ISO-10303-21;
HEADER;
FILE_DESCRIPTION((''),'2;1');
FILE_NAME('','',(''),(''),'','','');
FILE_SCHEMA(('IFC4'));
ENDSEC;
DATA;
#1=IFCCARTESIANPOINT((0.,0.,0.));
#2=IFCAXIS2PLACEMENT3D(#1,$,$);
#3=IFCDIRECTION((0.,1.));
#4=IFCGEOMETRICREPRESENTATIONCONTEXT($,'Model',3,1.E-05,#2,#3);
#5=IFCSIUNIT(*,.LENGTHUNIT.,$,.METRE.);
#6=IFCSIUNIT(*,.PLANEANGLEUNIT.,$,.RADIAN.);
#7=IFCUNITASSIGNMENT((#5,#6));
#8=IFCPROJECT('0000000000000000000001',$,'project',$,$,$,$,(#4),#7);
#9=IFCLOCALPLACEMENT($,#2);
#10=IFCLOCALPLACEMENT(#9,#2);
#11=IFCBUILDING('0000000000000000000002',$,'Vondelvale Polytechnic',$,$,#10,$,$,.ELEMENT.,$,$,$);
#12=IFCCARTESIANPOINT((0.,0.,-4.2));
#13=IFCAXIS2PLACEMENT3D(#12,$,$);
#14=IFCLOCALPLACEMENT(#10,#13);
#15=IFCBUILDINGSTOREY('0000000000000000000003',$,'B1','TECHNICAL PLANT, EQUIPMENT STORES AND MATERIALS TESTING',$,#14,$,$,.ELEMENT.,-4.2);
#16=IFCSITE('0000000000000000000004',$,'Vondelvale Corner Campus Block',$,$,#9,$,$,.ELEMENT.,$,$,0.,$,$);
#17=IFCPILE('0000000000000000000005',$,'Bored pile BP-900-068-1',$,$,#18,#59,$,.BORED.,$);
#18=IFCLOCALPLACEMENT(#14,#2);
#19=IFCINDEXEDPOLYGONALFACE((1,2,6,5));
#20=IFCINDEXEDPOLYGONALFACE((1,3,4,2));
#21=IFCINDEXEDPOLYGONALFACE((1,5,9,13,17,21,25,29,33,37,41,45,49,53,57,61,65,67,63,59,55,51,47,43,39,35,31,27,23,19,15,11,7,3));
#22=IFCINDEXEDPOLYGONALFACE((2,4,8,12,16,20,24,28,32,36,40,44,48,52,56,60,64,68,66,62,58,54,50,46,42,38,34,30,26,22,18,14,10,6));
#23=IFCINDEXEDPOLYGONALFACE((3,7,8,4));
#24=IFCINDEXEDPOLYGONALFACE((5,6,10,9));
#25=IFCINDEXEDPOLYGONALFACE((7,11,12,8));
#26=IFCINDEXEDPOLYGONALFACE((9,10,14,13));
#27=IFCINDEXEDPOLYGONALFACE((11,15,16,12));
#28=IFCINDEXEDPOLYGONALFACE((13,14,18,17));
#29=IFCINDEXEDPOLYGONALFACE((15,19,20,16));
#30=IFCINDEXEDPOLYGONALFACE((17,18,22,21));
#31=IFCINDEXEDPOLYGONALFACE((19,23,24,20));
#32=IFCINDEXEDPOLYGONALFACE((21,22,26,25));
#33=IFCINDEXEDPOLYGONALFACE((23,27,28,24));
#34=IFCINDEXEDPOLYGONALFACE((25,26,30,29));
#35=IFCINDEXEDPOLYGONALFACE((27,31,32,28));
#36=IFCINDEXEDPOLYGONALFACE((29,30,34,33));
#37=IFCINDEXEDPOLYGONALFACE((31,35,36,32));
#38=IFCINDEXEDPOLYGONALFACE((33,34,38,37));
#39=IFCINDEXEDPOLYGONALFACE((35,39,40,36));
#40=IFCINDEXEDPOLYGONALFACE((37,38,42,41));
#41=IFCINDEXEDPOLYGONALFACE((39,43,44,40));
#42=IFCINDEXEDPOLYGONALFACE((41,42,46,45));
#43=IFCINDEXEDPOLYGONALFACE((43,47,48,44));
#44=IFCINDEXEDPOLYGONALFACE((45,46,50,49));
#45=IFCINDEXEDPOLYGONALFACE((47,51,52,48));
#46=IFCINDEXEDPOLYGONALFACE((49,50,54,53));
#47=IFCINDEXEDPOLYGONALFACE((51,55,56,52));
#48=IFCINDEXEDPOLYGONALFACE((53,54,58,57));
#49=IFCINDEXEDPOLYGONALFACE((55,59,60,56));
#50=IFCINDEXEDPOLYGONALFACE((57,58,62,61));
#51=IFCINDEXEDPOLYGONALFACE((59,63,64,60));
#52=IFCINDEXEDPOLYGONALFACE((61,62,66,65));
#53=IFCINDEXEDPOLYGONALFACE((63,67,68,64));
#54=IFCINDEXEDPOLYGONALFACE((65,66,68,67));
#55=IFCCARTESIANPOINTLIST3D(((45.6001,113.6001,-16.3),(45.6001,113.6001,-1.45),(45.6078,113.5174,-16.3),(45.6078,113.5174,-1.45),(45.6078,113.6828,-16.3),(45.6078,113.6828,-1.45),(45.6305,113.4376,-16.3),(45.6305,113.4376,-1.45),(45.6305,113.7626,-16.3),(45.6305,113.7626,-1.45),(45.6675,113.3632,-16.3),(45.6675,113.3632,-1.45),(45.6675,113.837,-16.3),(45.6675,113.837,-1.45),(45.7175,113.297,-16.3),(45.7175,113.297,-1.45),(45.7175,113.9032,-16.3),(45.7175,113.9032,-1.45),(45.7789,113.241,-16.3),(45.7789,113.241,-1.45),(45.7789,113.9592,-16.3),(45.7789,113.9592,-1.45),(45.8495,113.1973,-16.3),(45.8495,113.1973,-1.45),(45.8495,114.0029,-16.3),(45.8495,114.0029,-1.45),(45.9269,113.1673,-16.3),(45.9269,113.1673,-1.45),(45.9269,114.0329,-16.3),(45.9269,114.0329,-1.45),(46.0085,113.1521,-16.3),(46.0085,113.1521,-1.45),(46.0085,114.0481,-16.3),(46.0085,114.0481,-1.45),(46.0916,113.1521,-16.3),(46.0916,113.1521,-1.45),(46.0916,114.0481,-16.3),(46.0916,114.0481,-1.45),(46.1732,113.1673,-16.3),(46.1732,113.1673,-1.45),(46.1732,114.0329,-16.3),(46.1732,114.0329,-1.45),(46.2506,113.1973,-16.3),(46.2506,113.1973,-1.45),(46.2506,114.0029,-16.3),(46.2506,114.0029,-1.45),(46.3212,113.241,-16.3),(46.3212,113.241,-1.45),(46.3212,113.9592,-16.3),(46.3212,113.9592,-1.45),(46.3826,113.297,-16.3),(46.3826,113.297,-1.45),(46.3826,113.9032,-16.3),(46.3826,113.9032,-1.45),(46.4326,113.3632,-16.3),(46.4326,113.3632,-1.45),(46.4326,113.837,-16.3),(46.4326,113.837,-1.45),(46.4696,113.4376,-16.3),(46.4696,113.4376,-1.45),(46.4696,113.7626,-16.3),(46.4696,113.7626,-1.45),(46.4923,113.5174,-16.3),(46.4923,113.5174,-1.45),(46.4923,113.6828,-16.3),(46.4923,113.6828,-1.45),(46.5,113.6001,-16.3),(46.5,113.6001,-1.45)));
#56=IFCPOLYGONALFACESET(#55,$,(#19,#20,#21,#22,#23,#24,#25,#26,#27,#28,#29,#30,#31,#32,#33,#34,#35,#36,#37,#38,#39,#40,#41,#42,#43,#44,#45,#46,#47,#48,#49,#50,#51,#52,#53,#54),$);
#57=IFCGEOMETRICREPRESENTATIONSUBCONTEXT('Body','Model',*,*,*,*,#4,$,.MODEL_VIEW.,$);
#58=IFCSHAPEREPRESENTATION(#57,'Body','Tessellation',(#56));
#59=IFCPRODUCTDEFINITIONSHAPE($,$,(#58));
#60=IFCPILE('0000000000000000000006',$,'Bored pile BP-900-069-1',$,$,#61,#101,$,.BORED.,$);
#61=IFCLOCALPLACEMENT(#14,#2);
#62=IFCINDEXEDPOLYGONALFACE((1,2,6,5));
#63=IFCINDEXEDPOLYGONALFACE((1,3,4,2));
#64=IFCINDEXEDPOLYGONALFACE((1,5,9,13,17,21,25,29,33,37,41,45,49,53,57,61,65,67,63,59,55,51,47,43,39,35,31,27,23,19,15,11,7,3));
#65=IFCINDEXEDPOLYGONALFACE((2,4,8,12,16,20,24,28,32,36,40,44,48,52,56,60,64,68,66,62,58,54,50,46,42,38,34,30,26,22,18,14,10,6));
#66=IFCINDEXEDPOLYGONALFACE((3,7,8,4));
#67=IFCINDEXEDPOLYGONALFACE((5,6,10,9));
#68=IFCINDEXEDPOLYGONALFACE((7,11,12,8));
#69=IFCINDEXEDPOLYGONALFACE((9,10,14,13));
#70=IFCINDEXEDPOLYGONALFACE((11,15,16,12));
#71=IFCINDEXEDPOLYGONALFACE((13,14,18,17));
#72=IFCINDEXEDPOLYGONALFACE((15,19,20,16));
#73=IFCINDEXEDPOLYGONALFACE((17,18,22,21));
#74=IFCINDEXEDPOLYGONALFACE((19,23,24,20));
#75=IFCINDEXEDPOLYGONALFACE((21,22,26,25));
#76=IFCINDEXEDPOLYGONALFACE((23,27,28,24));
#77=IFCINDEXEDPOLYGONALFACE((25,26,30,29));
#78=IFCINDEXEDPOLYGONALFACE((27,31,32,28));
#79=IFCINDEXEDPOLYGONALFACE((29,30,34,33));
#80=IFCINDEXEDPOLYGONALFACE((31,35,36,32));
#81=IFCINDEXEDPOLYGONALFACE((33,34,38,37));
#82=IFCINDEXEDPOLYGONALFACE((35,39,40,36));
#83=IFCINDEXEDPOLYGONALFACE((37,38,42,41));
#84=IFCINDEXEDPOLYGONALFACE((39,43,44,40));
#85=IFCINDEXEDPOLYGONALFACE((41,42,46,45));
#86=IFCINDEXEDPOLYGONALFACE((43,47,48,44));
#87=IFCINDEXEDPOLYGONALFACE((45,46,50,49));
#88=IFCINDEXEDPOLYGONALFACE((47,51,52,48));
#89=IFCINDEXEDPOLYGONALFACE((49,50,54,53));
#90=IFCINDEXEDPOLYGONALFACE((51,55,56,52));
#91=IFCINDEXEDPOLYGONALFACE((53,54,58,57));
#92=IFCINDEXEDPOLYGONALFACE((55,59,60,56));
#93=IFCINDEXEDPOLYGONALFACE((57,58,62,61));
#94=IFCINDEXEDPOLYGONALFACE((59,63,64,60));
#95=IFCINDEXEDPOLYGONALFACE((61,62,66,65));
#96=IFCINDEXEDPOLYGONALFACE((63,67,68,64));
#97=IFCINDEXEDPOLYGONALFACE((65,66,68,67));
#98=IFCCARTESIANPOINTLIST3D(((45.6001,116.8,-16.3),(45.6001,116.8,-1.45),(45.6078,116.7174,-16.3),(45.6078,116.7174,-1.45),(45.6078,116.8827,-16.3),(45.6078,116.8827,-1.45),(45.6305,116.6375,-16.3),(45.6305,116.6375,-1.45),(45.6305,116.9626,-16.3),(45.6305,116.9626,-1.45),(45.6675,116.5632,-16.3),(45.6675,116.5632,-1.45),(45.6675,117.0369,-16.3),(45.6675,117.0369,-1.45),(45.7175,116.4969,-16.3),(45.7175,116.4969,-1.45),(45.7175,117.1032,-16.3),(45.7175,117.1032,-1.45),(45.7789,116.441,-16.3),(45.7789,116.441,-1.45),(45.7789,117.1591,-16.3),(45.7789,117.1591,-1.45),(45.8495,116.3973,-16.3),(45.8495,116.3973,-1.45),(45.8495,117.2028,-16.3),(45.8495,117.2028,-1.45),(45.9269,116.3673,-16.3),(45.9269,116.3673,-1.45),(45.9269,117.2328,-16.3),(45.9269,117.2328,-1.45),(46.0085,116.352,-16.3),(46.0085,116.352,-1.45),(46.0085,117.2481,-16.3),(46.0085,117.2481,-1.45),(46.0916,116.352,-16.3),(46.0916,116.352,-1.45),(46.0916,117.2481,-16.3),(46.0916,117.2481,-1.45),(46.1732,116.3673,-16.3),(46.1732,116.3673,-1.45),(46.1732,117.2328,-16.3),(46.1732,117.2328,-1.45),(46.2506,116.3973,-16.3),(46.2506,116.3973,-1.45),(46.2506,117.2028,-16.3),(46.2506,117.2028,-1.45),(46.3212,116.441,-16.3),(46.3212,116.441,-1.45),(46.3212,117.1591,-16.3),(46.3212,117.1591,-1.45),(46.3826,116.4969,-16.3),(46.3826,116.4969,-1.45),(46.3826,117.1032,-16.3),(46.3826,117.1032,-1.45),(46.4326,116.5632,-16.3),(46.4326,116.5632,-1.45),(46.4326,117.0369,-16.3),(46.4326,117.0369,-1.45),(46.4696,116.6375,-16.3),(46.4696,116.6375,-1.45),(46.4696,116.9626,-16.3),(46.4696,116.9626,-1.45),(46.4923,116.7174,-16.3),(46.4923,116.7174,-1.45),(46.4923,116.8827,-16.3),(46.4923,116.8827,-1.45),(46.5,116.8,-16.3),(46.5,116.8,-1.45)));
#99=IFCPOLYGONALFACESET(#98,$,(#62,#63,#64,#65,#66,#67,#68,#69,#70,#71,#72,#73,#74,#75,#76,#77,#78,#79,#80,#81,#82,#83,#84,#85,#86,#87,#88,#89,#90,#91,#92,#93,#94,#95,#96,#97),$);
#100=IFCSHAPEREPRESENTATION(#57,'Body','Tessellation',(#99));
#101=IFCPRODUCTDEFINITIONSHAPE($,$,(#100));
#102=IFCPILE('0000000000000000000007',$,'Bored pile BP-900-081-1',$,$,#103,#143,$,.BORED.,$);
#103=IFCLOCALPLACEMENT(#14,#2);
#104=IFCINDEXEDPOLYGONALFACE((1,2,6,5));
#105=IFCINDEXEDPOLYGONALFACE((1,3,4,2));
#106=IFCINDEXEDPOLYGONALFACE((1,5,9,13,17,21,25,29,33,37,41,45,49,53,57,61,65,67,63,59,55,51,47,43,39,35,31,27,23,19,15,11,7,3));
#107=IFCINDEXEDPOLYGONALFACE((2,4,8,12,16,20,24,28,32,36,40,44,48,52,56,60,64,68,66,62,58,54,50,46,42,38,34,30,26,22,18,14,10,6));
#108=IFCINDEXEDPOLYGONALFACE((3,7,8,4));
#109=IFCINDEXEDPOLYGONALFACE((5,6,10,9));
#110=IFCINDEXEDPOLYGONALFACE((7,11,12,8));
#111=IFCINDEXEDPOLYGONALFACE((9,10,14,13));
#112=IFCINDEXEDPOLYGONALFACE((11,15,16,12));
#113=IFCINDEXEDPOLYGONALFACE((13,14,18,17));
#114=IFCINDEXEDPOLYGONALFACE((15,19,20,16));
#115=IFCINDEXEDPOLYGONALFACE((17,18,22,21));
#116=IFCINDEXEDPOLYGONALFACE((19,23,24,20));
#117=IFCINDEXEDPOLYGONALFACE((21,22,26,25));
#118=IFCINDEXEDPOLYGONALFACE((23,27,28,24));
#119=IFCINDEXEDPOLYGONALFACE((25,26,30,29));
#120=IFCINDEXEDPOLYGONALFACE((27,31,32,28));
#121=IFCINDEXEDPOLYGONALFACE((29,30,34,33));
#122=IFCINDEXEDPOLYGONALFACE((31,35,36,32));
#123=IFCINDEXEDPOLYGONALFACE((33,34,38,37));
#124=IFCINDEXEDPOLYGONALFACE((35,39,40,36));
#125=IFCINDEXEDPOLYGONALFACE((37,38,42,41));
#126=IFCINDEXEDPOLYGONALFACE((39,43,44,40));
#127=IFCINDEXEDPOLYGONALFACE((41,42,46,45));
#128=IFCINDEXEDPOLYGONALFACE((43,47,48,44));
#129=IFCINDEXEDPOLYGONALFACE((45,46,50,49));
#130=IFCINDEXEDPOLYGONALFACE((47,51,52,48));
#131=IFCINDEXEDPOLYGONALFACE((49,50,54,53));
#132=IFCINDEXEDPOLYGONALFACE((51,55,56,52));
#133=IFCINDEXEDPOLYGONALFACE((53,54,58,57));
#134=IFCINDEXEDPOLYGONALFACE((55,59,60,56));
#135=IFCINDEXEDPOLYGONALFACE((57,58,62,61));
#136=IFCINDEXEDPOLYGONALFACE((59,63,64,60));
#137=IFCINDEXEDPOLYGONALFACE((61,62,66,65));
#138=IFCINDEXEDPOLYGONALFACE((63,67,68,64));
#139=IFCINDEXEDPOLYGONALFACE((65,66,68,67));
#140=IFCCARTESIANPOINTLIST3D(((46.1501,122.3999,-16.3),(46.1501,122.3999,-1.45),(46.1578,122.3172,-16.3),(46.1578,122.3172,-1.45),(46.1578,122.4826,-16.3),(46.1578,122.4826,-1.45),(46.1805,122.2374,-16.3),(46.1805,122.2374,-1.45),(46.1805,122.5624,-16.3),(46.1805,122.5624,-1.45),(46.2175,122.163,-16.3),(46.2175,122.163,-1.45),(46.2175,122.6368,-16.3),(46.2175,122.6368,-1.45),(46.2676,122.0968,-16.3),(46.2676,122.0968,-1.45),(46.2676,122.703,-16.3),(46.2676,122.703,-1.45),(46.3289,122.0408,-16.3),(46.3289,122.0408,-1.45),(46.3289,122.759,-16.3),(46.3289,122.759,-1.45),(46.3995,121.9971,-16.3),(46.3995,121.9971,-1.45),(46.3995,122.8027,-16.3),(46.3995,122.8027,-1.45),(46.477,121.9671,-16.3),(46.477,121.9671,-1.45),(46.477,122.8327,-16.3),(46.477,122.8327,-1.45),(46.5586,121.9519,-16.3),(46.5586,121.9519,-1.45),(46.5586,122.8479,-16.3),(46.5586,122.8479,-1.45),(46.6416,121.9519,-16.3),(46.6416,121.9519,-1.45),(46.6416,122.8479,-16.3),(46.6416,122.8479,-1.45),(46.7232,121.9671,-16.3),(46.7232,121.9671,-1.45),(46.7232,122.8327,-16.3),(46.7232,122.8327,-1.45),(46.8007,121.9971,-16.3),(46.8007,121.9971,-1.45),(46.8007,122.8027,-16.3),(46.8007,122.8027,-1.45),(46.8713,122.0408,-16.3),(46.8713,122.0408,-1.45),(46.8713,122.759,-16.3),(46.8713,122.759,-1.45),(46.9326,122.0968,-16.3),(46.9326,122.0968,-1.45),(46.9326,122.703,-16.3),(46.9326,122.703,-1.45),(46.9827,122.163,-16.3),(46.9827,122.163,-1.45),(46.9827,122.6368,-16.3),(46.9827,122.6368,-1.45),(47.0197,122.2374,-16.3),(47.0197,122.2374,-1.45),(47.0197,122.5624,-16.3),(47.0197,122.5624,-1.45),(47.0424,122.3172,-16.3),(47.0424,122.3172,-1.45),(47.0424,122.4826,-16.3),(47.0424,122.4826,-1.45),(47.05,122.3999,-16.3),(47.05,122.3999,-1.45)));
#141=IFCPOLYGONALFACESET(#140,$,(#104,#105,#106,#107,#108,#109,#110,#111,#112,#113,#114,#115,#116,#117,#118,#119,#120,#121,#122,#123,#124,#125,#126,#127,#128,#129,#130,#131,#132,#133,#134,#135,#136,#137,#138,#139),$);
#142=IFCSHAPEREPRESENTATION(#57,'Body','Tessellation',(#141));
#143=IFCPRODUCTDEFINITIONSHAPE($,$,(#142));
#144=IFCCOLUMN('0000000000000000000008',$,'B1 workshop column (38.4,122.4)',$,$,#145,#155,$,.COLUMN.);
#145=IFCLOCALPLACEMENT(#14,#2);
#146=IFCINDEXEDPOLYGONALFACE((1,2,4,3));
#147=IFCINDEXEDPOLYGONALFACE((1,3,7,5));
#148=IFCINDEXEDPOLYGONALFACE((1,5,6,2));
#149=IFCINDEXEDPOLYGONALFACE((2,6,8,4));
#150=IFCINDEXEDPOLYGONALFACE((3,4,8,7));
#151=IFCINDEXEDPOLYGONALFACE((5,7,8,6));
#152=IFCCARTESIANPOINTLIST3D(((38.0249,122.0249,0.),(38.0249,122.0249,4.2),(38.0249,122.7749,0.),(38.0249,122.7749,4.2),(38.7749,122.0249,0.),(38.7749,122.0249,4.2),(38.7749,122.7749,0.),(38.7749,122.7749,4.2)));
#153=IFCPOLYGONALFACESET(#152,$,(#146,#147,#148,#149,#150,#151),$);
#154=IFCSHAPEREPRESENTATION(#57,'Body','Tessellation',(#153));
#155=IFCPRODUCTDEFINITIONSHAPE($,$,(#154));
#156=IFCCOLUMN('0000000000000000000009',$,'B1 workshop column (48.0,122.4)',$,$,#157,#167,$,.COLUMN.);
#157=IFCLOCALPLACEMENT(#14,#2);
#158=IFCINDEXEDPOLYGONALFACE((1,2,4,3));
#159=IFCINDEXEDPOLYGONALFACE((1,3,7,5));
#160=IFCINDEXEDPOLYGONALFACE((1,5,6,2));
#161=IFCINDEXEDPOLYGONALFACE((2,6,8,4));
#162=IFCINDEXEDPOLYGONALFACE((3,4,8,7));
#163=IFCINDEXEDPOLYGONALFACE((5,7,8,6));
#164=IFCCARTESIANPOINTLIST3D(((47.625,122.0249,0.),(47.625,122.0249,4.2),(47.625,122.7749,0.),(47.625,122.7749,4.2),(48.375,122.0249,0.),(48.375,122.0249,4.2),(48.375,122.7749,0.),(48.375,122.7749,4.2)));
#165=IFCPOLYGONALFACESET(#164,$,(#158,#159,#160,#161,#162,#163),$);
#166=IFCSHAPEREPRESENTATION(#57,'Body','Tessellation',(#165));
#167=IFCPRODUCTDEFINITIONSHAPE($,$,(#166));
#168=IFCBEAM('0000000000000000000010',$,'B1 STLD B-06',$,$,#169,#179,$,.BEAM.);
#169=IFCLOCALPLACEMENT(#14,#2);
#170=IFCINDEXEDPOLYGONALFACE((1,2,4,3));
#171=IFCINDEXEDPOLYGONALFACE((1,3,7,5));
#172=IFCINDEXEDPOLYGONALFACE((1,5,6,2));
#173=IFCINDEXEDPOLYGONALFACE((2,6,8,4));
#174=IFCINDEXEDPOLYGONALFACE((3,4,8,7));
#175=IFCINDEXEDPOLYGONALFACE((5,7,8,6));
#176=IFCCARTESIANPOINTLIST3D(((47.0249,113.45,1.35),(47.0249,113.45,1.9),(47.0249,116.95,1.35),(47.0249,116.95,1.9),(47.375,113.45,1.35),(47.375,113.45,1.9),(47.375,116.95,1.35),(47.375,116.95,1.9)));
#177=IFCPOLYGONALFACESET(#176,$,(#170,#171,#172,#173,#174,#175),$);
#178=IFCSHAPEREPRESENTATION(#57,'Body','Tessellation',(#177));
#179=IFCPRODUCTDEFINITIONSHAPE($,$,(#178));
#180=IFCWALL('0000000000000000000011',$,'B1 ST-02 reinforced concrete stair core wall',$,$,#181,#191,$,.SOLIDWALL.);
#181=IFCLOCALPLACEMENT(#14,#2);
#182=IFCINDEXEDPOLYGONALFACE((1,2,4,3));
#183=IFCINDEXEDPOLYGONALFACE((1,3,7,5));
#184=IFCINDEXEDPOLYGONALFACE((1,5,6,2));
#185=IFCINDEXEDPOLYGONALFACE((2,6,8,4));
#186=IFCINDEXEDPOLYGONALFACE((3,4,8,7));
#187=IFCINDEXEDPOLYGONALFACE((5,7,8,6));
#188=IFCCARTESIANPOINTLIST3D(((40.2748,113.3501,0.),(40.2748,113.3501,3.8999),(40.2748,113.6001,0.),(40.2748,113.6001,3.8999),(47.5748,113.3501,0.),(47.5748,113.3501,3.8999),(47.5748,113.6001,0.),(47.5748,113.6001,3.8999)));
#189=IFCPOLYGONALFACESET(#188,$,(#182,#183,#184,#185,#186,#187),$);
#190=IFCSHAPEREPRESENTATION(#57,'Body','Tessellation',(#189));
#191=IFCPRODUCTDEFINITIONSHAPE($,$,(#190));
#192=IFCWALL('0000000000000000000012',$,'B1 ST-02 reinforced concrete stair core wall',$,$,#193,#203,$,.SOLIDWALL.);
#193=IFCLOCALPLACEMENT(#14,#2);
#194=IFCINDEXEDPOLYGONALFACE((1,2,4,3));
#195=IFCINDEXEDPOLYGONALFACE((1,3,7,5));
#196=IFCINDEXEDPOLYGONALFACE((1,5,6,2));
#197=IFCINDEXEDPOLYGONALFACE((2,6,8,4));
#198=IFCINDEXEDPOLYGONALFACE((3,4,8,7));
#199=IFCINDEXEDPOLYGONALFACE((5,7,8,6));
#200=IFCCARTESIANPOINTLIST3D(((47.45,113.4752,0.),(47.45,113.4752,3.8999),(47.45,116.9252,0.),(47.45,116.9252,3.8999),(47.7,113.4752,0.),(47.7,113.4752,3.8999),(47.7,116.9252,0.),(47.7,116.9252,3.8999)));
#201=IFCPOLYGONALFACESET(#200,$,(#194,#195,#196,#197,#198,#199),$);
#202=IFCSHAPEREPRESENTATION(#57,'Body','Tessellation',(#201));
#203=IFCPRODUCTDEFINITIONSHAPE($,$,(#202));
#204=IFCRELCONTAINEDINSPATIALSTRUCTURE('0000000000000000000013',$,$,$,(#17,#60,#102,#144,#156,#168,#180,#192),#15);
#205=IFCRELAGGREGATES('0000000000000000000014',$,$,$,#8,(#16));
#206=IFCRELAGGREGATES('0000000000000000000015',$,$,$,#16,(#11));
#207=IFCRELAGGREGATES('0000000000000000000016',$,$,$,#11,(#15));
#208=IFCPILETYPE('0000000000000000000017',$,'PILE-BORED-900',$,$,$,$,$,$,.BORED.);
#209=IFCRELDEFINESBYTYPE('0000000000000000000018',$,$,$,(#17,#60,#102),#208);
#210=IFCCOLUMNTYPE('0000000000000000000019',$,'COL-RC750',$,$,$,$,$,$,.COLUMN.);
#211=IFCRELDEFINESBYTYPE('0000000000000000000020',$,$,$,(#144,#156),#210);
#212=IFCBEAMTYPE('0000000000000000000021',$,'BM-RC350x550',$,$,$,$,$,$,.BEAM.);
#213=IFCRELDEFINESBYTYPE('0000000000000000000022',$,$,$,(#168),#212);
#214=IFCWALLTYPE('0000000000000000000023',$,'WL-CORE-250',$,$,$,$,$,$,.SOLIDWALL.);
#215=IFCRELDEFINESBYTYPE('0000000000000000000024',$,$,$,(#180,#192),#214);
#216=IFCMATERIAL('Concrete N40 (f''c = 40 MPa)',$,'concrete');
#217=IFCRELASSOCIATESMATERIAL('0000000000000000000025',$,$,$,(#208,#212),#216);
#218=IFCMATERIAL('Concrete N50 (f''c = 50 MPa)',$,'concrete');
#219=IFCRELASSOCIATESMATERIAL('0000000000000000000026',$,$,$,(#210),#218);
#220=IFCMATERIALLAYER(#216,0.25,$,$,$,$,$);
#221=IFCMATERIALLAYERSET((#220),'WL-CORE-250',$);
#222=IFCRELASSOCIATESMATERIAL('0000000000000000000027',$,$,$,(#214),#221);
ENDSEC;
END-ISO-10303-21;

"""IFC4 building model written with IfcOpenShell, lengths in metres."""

from ifc_helpers import new_model, si_unit, direction, frame, frame_2d, origin, origin_2d, place, context, subcontext, project, spatial, rectangle, circle, extrude, material, layer, layer_set, material_profile, profile_set, type_object, element, save


model = new_model("IFC4")

# Units and contexts
model_context = context("Model", 3, precision=1e-05, world=origin(), true_north=direction((0.0, 1.0)))
body_context = subcontext(model_context, "Body", "Model", "MODEL_VIEW")
ifc_project = project(units=[si_unit("LENGTHUNIT", "METRE"), si_unit("PLANEANGLEUNIT", "RADIAN")], contexts=[model_context])

# Site, building, storey
site_placement = place(None, origin())
site = spatial("IfcSite", under=ifc_project, at=site_placement, Name="Vondelvale Corner Campus Block", CompositionType="ELEMENT", RefElevation=0.0)
building_placement = place(site_placement, origin())
building = spatial("IfcBuilding", under=site, at=building_placement, Name="Vondelvale Polytechnic", CompositionType="ELEMENT")
storey_placement = place(building_placement, frame((0.0, 0.0, -4.2)))
storey = spatial("IfcBuildingStorey", under=building, at=storey_placement, Name="B1", Description="TECHNICAL PLANT, EQUIPMENT STORES AND MATERIALS TESTING", CompositionType="ELEMENT", Elevation=-4.2)

# Shared definitions
ifc_material_1 = material(Name="Concrete N40 (f'c = 40 MPa)", Category="concrete")

# Piles
ifc_material_profile_1 = material_profile(ifc_material_1, circle(Radius=0.45, at=origin_2d()), Name="PILE-D900")
ifc_profile_set_1 = profile_set([ifc_material_profile_1], Name="Concrete N40 (f'c = 40 MPa)")
pile_type = type_object("IfcPileType", Name="PILE-BORED-900", PredefinedType="BORED", material=ifc_profile_set_1)
for number, where, z_axis, x_axis, name in (
    (1, (46.05, 113.6001, -1.45), (0.0, 0.0, -1.0), (1.0, 0.0, 0.0), "Bored pile BP-900-068-1"),
    (2, (46.05, 116.8, -1.45), (0.0, 0.0, -1.0), (1.0, 0.0, 0.0), "Bored pile BP-900-069-1"),
    (3, (46.6001, 122.3999, -1.45), (0.0, 0.0, -1.0), (1.0, 0.0, 0.0), "Bored pile BP-900-081-1"),
):
    element("IfcPile", number, at=place(storey_placement, frame(where, z_axis=z_axis, x_axis=x_axis)), inside=storey, type_object=pile_type, Name=name, PredefinedType="BORED", context=body_context, shape_type="SweptSolid", body=[
        extrude(circle(Radius=0.45, at=origin_2d()), origin(), (0.0, 0.0, 1.0), 14.8501),
    ])

# Columns
ifc_material_2 = material(Name="Concrete N50 (f'c = 50 MPa)", Category="concrete")
ifc_material_profile_2 = material_profile(ifc_material_2, rectangle(XDim=0.75, YDim=0.75, at=origin_2d()), Name="RC-COL-750x750")
ifc_profile_set_2 = profile_set([ifc_material_profile_2], Name="Concrete N50 (f'c = 50 MPa)")
column_type = type_object("IfcColumnType", Name="COL-RC750", PredefinedType="COLUMN", material=ifc_profile_set_2)
for number, where, z_axis, x_axis, name in (
    (4, (38.3999, 122.3999, 0.0), (0.0, 0.0, 1.0), (1.0, 0.0, 0.0), "B1 workshop column (38.4,122.4)"),
    (5, (48.0, 122.3999, 0.0), (0.0, 0.0, 1.0), (1.0, 0.0, 0.0), "B1 workshop column (48.0,122.4)"),
):
    element("IfcColumn", number, at=place(storey_placement, frame(where, z_axis=z_axis, x_axis=x_axis)), inside=storey, type_object=column_type, Name=name, PredefinedType="COLUMN", context=body_context, shape_type="SweptSolid", body=[
        extrude(rectangle(XDim=0.75, YDim=0.75, at=origin_2d()), origin(), (0.0, 0.0, 1.0), 4.2),
    ])

# Beam
ifc_material_profile_3 = material_profile(ifc_material_1, rectangle(XDim=0.3501, YDim=0.55, at=origin_2d()), Name="RC-BM-350x550")
ifc_profile_set_3 = profile_set([ifc_material_profile_3], Name="Concrete N40 (f'c = 40 MPa)")
beam_type = type_object("IfcBeamType", Name="BM-RC350x550", PredefinedType="BEAM", material=ifc_profile_set_3)
beam_placement = place(storey_placement, frame((47.2, 113.45, 1.625), z_axis=(0.0, 1.0, 0.0), x_axis=(-1.0, 0.0, 0.0)))
element("IfcBeam", 6, at=beam_placement, inside=storey, type_object=beam_type, Name="B1 STLD B-06", PredefinedType="BEAM", context=body_context, shape_type="SweptSolid", body=[
    extrude(rectangle(XDim=0.3501, YDim=0.55, at=origin_2d()), origin(), (0.0, 0.0, 1.0), 3.5),
])

# Walls
ifc_layer_1 = layer(ifc_material_1, 0.25)
ifc_layer_set_1 = layer_set([ifc_layer_1], Name="WL-CORE-250")
wall_type_1 = type_object("IfcWallType", Name="WL-CORE-250", PredefinedType="SOLIDWALL", material=ifc_layer_set_1)
wall_1_placement = place(storey_placement, frame((40.2749, 113.4751, 0.0), z_axis=(0.0, 0.0, 1.0), x_axis=(1.0, 0.0, 0.0)))
element("IfcWall", 7, at=wall_1_placement, inside=storey, type_object=wall_type_1, Name="B1 ST-02 reinforced concrete stair core wall", PredefinedType="SOLIDWALL", context=body_context, shape_type="SweptSolid", body=[
    extrude(rectangle(XDim=7.3, YDim=0.25, at=frame_2d((3.6499, 0.0))), origin(), (0.0, 0.0, 1.0), 3.8999),
])
wall_2_placement = place(storey_placement, frame((47.575, 113.4751, 0.0), z_axis=(0.0, 0.0, 1.0), x_axis=(0.0, 1.0, 0.0)))
element("IfcWall", 8, at=wall_2_placement, inside=storey, type_object=wall_type_1, Name="B1 ST-02 reinforced concrete stair core wall", PredefinedType="SOLIDWALL", context=body_context, shape_type="SweptSolid", body=[
    extrude(rectangle(XDim=3.45, YDim=0.25, at=frame_2d((1.7251, 0.0))), origin(), (0.0, 0.0, 1.0), 3.8999),
])

save(model, "model.ifc")
